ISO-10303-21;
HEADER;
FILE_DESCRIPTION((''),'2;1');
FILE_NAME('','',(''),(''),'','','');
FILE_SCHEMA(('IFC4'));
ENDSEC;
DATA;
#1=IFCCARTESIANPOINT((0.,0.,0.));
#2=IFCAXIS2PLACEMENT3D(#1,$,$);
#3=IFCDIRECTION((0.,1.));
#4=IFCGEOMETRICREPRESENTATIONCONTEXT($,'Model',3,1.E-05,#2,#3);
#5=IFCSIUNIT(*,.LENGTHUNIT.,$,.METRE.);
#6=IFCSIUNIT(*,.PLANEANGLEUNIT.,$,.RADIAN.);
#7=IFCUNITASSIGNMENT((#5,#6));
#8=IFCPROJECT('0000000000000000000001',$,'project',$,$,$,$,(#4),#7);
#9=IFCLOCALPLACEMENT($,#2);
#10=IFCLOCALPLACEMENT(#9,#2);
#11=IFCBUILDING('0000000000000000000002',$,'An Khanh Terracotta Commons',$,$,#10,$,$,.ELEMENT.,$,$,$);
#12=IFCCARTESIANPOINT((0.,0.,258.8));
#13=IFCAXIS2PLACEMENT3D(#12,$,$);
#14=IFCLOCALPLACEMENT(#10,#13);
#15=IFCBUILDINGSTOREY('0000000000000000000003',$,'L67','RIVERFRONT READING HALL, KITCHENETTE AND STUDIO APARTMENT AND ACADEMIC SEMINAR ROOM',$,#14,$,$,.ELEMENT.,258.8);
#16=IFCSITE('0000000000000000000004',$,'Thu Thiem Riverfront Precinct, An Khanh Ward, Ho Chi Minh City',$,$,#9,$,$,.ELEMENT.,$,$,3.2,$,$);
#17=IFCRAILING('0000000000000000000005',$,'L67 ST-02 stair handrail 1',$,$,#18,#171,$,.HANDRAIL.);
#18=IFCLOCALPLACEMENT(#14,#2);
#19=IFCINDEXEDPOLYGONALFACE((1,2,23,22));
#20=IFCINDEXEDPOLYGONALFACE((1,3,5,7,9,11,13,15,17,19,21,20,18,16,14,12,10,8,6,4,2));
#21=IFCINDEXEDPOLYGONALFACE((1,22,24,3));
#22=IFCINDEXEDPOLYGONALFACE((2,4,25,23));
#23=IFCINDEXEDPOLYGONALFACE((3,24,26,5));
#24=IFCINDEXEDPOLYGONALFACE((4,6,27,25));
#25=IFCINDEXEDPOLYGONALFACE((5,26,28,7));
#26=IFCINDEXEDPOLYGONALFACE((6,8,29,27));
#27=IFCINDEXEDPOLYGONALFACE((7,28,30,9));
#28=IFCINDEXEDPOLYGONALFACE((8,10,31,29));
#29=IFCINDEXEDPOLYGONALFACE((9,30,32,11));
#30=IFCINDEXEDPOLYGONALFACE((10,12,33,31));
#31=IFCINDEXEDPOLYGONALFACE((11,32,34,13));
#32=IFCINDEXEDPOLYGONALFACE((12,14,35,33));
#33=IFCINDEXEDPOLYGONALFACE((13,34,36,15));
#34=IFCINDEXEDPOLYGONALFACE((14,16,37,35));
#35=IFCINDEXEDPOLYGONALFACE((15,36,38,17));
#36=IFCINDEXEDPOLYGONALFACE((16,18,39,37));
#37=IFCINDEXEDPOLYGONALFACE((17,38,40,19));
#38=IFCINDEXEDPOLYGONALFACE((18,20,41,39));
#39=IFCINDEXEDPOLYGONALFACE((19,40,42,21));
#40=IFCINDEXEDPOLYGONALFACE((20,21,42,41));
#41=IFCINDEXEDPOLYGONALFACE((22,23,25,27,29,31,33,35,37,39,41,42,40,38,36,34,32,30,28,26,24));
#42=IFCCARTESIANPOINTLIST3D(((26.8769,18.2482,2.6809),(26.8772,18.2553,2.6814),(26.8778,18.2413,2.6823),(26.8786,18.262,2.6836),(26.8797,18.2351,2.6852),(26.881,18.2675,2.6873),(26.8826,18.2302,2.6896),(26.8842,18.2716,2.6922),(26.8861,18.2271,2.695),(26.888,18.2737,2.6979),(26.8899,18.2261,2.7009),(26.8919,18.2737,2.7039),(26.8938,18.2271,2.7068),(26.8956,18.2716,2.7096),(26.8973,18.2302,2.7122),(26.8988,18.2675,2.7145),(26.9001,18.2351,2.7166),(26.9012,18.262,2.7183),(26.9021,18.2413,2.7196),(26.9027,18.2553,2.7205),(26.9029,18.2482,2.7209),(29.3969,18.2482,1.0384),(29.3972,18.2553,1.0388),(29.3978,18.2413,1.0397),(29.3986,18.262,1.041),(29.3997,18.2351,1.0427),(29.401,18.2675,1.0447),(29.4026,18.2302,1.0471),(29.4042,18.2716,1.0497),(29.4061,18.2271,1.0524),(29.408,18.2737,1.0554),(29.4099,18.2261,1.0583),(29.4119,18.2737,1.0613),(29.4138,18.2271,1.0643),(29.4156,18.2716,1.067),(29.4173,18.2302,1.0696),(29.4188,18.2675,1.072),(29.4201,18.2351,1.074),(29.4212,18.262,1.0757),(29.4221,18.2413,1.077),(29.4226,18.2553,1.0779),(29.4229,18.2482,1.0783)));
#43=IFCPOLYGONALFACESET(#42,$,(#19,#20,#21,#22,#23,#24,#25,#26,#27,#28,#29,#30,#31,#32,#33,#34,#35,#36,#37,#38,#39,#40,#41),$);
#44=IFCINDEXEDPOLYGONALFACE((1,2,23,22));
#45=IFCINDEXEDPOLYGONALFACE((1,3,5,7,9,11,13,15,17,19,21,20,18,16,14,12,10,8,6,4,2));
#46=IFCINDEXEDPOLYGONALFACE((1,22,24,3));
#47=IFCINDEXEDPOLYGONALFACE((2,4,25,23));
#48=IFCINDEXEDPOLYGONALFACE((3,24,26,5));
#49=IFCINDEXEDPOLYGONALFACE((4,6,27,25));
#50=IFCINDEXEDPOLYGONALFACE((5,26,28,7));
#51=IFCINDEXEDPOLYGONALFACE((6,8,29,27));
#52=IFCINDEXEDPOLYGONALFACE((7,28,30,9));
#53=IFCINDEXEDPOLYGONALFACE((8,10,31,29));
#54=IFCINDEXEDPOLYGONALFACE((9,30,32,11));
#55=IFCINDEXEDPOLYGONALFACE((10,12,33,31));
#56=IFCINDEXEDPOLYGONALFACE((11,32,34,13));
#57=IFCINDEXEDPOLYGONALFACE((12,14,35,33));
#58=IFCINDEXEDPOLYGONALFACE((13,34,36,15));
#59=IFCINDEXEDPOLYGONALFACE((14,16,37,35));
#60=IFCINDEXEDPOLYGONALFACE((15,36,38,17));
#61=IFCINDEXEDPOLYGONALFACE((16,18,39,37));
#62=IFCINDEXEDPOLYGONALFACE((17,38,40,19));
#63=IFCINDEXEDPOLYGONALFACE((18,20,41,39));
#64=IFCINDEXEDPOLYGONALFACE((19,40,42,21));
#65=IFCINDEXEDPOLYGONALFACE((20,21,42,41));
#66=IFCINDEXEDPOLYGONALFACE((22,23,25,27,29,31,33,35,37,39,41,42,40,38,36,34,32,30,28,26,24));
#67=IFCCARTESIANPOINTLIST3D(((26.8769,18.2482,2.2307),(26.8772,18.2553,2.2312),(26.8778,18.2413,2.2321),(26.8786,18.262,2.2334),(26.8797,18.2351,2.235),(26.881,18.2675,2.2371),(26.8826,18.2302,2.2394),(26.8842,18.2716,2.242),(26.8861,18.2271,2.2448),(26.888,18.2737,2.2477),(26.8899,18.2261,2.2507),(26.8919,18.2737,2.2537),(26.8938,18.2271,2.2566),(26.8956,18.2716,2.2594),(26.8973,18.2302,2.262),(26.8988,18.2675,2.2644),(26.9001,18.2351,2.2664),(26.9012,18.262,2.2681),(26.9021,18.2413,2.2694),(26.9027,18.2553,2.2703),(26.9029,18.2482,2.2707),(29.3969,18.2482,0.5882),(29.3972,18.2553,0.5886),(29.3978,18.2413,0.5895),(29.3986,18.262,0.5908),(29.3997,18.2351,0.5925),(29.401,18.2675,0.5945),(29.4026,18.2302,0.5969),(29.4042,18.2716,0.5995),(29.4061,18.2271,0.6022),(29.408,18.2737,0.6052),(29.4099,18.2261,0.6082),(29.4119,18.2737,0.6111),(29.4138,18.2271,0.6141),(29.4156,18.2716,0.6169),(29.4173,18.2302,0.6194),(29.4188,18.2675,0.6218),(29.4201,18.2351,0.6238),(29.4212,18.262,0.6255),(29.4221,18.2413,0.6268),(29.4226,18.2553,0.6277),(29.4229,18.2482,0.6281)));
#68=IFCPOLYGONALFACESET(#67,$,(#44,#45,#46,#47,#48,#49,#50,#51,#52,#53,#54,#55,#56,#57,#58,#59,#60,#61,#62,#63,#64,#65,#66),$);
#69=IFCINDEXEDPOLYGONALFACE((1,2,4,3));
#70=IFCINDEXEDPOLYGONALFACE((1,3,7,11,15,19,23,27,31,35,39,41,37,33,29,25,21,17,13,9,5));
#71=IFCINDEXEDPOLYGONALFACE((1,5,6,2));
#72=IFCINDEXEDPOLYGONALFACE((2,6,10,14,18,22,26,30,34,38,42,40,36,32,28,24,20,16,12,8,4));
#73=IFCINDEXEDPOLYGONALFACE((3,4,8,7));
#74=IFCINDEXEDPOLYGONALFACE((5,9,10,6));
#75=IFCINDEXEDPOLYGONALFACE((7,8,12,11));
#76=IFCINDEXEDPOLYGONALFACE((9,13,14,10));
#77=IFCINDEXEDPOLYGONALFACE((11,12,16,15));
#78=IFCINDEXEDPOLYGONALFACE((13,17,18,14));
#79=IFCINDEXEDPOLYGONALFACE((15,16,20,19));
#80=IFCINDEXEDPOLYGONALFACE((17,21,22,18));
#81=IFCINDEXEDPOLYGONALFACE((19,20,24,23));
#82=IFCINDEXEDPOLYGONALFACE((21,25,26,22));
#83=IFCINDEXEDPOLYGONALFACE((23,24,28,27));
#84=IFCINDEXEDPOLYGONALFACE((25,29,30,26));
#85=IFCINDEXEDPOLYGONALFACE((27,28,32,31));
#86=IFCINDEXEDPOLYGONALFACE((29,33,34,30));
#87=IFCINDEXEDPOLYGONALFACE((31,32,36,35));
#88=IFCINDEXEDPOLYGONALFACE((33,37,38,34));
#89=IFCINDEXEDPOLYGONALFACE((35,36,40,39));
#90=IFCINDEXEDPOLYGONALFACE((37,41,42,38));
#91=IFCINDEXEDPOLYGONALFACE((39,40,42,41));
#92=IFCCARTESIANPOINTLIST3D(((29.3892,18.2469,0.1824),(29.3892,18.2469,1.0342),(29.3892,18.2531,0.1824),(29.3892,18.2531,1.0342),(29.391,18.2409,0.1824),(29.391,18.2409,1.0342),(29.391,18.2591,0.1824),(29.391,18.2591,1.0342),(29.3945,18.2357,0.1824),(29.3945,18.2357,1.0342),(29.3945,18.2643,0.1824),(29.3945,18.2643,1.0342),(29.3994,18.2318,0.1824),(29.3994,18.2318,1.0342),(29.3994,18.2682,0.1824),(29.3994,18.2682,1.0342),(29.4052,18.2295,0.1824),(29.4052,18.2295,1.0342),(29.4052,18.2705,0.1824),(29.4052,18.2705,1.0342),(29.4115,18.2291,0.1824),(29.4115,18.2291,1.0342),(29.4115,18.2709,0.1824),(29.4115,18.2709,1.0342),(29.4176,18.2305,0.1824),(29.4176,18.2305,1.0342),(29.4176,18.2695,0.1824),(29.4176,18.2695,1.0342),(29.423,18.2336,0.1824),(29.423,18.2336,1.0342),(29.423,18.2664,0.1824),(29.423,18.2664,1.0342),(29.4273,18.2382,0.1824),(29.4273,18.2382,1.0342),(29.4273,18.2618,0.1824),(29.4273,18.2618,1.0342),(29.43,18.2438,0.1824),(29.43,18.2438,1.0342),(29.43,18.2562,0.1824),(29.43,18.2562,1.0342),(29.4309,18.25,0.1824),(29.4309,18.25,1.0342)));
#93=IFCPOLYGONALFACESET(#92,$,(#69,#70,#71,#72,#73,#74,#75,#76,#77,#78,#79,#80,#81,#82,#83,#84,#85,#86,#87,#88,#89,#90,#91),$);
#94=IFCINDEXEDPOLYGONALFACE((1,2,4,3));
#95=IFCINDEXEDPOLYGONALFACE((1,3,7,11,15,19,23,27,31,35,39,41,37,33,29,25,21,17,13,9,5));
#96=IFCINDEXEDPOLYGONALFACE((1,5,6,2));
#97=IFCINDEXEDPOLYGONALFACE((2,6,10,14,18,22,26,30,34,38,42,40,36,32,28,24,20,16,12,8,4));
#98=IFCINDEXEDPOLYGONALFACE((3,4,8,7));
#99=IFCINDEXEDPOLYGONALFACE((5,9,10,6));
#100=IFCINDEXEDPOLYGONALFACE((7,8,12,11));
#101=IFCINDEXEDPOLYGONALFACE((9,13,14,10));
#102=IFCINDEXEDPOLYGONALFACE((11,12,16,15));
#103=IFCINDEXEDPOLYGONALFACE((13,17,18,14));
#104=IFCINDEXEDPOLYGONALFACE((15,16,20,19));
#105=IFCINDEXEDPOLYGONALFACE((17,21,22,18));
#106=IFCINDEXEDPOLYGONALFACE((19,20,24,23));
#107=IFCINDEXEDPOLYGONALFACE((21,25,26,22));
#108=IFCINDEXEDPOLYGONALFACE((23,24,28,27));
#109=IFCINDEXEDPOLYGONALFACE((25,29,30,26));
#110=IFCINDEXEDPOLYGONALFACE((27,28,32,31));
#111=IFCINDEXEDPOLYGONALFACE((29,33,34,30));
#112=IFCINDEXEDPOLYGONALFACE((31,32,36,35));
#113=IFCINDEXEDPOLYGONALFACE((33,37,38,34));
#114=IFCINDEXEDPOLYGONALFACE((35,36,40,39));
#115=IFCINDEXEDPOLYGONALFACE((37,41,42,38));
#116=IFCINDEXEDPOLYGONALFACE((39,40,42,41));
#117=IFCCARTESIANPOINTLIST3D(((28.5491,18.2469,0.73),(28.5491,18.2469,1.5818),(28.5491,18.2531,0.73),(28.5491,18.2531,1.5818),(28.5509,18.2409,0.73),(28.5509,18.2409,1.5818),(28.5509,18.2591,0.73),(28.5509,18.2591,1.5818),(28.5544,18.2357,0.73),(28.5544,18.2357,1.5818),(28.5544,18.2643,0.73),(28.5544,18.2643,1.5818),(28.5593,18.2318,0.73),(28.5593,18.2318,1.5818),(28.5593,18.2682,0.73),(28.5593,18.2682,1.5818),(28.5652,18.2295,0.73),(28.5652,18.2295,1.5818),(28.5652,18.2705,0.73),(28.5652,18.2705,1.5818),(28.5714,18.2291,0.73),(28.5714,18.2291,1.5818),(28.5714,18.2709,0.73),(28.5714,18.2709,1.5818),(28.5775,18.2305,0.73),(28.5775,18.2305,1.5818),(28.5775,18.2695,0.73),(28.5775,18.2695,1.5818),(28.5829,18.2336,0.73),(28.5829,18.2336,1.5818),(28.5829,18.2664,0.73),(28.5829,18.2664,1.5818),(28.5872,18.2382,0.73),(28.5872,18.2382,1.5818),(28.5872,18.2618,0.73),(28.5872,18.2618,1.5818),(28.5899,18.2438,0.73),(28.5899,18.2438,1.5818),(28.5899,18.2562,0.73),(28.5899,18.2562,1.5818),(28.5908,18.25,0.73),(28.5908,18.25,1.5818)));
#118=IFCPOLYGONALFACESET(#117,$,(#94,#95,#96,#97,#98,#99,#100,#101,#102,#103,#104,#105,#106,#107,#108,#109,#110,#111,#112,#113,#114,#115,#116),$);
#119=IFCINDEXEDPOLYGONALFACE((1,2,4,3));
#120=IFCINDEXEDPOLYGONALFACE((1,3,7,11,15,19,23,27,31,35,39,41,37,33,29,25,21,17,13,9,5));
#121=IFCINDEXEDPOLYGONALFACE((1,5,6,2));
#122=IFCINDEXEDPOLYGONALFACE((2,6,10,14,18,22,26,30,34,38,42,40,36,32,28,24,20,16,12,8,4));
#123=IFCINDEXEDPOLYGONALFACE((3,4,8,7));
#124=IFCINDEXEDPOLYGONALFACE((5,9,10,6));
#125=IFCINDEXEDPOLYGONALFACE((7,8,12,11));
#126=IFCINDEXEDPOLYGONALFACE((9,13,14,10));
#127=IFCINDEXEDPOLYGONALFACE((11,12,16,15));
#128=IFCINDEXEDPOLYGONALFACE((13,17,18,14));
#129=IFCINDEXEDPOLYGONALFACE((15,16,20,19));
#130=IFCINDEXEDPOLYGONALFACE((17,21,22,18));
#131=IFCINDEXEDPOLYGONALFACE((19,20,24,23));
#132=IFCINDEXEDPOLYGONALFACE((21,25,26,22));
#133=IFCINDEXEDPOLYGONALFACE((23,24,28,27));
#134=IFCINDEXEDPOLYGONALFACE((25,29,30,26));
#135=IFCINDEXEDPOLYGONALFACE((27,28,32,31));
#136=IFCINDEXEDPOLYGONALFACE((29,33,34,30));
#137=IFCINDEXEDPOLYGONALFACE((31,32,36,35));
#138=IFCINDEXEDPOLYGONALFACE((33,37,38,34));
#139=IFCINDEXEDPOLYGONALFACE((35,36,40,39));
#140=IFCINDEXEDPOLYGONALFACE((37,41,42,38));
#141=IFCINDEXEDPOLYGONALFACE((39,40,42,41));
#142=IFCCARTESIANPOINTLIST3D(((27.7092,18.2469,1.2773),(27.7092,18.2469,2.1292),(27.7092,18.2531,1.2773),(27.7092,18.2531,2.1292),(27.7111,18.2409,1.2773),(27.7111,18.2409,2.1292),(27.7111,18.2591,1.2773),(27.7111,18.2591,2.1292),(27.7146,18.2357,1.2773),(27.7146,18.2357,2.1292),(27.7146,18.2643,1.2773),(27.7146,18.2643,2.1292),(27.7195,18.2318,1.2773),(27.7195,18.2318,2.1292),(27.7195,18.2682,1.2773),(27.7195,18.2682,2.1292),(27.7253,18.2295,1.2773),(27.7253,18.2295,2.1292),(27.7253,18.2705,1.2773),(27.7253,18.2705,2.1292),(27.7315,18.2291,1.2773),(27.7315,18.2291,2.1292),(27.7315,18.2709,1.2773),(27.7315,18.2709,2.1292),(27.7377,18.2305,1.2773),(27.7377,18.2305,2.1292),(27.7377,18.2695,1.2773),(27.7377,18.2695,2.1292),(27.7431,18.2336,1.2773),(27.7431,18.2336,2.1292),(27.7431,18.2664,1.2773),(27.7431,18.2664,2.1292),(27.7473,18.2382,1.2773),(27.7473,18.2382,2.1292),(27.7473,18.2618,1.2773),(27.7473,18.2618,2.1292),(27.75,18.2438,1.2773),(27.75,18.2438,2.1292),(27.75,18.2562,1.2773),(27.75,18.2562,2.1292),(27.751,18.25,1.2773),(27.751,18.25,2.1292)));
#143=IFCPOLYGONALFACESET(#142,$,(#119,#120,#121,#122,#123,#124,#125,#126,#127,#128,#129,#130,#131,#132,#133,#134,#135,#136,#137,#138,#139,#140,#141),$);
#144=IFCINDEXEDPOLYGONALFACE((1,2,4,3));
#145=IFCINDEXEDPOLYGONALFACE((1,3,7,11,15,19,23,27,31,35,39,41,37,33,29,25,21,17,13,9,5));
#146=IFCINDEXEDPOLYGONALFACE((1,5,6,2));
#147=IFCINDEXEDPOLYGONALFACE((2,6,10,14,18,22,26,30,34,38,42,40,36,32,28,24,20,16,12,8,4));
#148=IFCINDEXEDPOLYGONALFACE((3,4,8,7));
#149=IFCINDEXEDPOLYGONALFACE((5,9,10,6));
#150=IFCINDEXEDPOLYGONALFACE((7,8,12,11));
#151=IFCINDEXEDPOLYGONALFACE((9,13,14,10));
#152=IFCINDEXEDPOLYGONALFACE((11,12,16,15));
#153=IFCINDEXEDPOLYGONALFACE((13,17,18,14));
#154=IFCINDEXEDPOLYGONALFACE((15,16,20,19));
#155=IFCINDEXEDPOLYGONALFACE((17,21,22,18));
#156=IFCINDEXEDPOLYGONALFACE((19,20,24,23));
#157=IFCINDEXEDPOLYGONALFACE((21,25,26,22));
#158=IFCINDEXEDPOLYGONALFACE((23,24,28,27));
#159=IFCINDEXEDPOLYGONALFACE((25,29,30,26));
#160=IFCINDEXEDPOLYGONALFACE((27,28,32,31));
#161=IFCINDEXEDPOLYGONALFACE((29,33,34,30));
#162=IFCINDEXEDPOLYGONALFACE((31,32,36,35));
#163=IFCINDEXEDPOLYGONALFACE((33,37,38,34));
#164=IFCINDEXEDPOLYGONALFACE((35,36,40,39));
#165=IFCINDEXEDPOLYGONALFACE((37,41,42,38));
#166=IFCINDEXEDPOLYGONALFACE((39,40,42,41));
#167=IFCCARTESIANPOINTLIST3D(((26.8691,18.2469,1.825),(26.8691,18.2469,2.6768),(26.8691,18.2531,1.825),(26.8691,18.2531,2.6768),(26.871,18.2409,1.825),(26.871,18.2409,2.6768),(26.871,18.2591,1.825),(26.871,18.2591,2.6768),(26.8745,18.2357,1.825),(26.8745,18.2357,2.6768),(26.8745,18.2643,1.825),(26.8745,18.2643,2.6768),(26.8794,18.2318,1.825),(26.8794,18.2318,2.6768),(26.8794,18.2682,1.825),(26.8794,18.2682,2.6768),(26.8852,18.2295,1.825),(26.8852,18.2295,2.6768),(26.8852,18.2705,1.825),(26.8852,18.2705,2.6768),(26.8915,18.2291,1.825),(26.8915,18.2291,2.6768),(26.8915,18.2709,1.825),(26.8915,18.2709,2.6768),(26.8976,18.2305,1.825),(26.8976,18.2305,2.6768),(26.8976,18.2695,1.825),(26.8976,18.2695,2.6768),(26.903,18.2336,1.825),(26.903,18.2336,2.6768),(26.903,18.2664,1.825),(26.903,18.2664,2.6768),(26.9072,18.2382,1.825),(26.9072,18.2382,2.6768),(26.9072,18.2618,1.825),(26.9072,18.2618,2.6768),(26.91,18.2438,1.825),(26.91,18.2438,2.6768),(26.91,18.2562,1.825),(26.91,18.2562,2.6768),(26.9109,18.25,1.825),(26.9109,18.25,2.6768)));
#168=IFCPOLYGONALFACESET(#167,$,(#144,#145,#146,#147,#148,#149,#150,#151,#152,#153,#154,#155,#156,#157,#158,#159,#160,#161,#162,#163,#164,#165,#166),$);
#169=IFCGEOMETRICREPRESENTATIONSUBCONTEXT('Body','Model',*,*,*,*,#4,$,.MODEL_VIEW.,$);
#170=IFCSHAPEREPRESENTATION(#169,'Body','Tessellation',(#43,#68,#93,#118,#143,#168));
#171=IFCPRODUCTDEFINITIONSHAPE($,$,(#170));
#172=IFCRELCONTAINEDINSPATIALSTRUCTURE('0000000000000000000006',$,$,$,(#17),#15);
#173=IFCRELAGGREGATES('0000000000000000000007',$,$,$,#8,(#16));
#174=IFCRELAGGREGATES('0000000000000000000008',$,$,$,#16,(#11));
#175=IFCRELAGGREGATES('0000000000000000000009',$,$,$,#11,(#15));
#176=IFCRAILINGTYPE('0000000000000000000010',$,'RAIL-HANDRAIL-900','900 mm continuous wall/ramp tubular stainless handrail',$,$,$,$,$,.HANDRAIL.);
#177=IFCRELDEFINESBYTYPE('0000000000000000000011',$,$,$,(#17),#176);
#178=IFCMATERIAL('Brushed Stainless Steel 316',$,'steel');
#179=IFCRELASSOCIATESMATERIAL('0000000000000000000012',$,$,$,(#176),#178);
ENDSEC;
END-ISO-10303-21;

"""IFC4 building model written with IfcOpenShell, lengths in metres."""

from ifc_helpers import new_model, si_unit, direction, frame, origin, origin_2d, place, context, subcontext, project, spatial, circle, extrude, material, type_object, element, save


model = new_model("IFC4")

# Units and contexts
model_context = context("Model", 3, precision=1e-05, world=origin(), true_north=direction((0.0, 1.0)))
body_context = subcontext(model_context, "Body", "Model", "MODEL_VIEW")
ifc_project = project(units=[si_unit("LENGTHUNIT", "METRE"), si_unit("PLANEANGLEUNIT", "RADIAN")], contexts=[model_context])

# Site, building, storey
site_placement = place(None, origin())
site = spatial("IfcSite", under=ifc_project, at=site_placement, Name="Thu Thiem Riverfront Precinct, An Khanh Ward, Ho Chi Minh City", CompositionType="ELEMENT", RefElevation=3.2)
building_placement = place(site_placement, origin())
building = spatial("IfcBuilding", under=site, at=building_placement, Name="An Khanh Terracotta Commons", CompositionType="ELEMENT")
storey_placement = place(building_placement, frame((0.0, 0.0, 258.8)))
storey = spatial("IfcBuildingStorey", under=building, at=storey_placement, Name="L67", Description="RIVERFRONT READING HALL, KITCHENETTE AND STUDIO APARTMENT AND ACADEMIC SEMINAR ROOM", CompositionType="ELEMENT", Elevation=258.8)

# Railing
ifc_material_1 = material(Name="Brushed Stainless Steel 316", Category="steel")
railing_type_1 = type_object("IfcRailingType", Name="RAIL-HANDRAIL-900", Description="900 mm continuous wall/ramp tubular stainless handrail", PredefinedType="HANDRAIL", material=ifc_material_1)
railing_1_placement = place(storey_placement, frame((29.4099, 18.25, 0.1824)))
element("IfcRailing", 1, at=railing_1_placement, inside=storey, type_object=railing_type_1, Name="L67 ST-02 stair handrail 1", PredefinedType="HANDRAIL", context=body_context, shape_type="SweptSolid", body=[
    extrude(circle(Radius=0.0239, at=origin_2d()), frame((0.0, 0.0, 0.876), z_axis=(-0.837749, 0.0, 0.546055), x_axis=(0.0, -1.0, 0.0)), (0.0, 0.0, 1.0), 3.0081),
    extrude(circle(Radius=0.0239, at=origin_2d()), frame((0.0, 0.0, 0.4258), z_axis=(-0.837749, 0.0, 0.546055), x_axis=(0.0, -1.0, 0.0)), (0.0, 0.0, 1.0), 3.0081),
    extrude(circle(Radius=0.021, at=origin_2d()), origin(), (0.0, 0.0, 1.0), 0.8518),
    extrude(circle(Radius=0.021, at=origin_2d()), frame((-0.8401, 0.0, 0.5476)), (0.0, 0.0, 1.0), 0.8518),
    extrude(circle(Radius=0.021, at=origin_2d()), frame((-1.6799, 0.0, 1.095)), (0.0, 0.0, 1.0), 0.8518),
    extrude(circle(Radius=0.021, at=origin_2d()), frame((-2.52, 0.0, 1.6426)), (0.0, 0.0, 1.0), 0.8518),
])

save(model, "model.ifc")
